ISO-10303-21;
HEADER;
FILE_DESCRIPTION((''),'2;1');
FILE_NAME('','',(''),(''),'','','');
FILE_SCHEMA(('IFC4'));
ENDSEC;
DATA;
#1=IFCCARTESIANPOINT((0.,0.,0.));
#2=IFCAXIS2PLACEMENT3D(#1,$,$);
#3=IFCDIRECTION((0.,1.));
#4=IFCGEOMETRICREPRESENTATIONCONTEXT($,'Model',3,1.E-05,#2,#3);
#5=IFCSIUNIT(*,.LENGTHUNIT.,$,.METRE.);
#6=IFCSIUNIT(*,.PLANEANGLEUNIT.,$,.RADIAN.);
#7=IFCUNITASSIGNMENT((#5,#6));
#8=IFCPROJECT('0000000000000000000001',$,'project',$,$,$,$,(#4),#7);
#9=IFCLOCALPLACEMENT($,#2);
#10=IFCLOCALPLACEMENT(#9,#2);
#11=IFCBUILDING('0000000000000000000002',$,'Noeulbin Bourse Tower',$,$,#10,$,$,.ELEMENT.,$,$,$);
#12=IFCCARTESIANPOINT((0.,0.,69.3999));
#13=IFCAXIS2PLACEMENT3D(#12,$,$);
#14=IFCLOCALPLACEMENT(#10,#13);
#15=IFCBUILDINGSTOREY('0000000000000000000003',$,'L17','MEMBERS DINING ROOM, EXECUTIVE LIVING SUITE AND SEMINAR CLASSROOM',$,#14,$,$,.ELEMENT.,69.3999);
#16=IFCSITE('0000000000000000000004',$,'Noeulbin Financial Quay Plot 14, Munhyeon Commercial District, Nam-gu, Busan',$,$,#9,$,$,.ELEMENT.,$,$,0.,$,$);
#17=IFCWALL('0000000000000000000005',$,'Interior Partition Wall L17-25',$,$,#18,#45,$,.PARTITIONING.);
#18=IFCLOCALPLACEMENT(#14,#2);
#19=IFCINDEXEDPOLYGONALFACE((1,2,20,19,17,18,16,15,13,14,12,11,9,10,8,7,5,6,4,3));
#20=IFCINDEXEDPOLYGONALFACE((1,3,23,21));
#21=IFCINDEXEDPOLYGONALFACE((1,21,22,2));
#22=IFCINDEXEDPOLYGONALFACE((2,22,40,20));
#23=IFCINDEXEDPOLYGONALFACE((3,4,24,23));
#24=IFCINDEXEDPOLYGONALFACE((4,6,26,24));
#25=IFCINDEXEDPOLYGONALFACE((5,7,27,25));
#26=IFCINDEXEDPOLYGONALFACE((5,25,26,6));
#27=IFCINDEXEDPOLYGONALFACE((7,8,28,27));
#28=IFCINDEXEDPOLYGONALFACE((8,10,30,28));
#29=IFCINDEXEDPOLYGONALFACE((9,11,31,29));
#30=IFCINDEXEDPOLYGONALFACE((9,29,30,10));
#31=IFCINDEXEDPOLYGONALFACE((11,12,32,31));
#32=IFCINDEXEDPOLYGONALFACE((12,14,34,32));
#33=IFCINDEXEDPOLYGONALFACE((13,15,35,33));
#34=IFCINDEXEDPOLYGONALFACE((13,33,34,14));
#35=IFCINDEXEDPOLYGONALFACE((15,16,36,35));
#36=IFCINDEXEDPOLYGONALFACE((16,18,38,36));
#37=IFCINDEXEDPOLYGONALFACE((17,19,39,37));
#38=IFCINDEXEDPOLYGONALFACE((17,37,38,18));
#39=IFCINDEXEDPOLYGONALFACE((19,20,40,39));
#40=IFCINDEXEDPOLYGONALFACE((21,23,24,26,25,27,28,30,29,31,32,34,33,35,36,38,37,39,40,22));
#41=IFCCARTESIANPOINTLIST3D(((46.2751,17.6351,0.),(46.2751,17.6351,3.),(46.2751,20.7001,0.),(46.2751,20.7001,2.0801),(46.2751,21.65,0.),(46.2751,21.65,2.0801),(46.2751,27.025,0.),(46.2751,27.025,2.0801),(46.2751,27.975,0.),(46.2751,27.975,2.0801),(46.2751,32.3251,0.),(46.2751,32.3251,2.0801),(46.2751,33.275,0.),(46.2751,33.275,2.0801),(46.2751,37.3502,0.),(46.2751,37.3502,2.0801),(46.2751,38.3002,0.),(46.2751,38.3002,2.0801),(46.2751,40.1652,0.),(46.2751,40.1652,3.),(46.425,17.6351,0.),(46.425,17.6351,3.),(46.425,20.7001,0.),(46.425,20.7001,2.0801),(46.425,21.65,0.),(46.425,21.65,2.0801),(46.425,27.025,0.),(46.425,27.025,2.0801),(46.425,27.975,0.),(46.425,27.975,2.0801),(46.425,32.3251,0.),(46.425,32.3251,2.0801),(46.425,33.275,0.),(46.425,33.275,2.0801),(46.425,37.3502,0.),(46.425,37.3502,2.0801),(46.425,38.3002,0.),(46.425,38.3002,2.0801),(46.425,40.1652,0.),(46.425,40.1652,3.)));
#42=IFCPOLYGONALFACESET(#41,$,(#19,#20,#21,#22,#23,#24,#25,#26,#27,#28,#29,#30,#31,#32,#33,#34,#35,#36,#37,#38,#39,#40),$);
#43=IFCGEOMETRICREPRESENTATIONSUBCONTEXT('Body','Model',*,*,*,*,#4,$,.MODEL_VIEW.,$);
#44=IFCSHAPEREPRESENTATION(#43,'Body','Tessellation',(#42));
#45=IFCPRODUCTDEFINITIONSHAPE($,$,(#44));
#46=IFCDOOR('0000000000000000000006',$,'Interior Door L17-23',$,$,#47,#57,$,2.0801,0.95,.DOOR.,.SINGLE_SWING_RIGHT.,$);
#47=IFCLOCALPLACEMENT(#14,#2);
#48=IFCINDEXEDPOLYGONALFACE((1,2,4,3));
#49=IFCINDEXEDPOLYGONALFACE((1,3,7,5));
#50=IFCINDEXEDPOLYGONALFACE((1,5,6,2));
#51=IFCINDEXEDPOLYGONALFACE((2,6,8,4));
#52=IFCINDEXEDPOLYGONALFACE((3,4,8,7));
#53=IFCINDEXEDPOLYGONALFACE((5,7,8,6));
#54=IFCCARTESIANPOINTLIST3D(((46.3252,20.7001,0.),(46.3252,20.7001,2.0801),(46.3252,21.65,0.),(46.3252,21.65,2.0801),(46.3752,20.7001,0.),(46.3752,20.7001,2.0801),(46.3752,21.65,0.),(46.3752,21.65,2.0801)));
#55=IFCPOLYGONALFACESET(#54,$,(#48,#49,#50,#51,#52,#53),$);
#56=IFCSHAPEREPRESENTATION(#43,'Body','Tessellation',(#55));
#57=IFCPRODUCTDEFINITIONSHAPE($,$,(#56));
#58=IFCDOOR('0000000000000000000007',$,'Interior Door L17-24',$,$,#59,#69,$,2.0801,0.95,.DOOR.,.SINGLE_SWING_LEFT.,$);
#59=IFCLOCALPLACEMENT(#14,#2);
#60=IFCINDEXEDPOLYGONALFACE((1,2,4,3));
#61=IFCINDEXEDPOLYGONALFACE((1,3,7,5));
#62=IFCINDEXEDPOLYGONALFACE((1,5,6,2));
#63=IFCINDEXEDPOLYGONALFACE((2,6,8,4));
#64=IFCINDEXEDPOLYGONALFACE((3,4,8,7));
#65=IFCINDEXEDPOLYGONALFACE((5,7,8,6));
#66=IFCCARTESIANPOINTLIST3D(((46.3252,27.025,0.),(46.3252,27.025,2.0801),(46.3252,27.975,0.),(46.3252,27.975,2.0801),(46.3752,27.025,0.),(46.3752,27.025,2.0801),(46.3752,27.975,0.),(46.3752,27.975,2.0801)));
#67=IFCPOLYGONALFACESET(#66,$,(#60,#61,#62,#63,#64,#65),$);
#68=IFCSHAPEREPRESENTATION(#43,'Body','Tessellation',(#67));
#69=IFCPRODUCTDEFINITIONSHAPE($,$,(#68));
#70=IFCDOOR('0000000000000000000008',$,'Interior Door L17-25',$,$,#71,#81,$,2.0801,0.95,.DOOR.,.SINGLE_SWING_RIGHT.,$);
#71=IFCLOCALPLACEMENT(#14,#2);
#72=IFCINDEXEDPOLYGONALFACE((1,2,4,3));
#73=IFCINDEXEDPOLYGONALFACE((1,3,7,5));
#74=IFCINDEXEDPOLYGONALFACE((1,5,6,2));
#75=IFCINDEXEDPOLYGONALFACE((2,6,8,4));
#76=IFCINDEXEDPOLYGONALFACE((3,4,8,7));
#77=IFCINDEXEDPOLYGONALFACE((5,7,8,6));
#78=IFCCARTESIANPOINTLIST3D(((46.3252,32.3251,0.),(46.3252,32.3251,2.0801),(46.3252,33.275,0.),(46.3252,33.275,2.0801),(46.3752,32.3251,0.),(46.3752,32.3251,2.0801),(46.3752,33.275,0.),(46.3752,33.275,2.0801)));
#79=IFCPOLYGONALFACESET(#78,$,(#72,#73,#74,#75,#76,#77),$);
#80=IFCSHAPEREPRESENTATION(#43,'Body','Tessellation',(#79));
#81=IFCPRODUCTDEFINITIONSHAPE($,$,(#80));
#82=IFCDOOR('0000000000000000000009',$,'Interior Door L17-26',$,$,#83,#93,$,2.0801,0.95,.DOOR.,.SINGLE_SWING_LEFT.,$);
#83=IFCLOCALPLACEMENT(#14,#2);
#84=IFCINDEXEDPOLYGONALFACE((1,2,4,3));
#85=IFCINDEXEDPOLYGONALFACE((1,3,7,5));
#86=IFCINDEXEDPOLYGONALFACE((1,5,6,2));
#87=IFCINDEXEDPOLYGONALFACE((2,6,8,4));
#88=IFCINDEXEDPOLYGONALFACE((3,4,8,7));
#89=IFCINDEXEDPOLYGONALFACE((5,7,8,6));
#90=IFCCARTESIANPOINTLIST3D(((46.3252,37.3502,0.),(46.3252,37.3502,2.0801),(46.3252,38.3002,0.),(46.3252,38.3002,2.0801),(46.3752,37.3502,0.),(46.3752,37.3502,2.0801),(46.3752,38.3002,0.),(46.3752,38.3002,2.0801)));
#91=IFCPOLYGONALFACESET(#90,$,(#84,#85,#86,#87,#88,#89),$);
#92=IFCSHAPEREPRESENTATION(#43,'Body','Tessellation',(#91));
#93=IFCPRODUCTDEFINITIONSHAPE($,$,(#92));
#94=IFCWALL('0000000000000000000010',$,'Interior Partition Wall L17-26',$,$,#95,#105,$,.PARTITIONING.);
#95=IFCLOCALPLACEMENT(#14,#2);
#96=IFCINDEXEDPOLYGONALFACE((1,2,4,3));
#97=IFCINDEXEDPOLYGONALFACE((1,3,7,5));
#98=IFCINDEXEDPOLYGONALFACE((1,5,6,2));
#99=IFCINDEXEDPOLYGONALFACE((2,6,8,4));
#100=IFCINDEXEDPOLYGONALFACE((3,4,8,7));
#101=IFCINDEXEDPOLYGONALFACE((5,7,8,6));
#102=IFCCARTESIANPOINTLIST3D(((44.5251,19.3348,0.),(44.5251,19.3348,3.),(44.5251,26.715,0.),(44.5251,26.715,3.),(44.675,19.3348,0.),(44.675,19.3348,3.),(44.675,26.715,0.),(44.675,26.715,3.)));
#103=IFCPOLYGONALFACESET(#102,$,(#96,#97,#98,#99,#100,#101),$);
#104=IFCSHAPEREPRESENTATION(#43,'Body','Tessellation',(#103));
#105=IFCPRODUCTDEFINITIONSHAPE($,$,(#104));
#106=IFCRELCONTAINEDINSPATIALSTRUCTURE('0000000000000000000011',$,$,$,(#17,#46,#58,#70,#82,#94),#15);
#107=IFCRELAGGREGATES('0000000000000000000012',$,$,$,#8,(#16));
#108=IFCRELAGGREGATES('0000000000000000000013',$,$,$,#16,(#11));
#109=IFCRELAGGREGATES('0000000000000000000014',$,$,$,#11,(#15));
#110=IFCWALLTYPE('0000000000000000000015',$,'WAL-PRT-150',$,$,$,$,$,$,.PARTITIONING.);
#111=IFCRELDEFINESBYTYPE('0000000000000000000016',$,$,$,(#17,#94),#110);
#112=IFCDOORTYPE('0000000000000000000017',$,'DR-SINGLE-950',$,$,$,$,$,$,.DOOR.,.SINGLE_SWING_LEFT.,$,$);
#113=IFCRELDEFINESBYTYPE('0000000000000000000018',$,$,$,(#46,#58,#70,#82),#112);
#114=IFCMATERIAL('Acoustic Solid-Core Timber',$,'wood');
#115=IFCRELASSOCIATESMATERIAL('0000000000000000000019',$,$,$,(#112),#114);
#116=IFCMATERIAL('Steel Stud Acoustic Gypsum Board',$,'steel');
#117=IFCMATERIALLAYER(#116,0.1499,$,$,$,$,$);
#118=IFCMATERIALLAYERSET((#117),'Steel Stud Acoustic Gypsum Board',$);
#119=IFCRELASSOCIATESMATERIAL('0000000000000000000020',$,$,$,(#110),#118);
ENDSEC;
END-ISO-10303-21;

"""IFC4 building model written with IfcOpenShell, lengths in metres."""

from ifc_helpers import new_model, si_unit, direction, frame, frame_2d, origin, place, context, subcontext, project, spatial, rectangle, extrude, material, layer, layer_set, type_object, element, fill, save


model = new_model("IFC4")

# Units and contexts
model_context = context("Model", 3, precision=1e-05, world=origin(), true_north=direction((0.0, 1.0)))
body_context = subcontext(model_context, "Body", "Model", "MODEL_VIEW")
ifc_project = project(units=[si_unit("LENGTHUNIT", "METRE"), si_unit("PLANEANGLEUNIT", "RADIAN")], contexts=[model_context])

# Site, building, storey
site_placement = place(None, origin())
site = spatial("IfcSite", under=ifc_project, at=site_placement, Name="Noeulbin Financial Quay Plot 14, Munhyeon Commercial District, Nam-gu, Busan", CompositionType="ELEMENT", RefElevation=0.0)
building_placement = place(site_placement, origin())
building = spatial("IfcBuilding", under=site, at=building_placement, Name="Noeulbin Bourse Tower", CompositionType="ELEMENT")
storey_placement = place(building_placement, frame((0.0, 0.0, 69.3999)))
storey = spatial("IfcBuildingStorey", under=building, at=storey_placement, Name="L17", Description="MEMBERS DINING ROOM, EXECUTIVE LIVING SUITE AND SEMINAR CLASSROOM", CompositionType="ELEMENT", Elevation=69.3999)

# Shared definitions
ifc_material_1 = material(Name="Acoustic Solid-Core Timber", Category="wood")
door_type = type_object("IfcDoorType", Name="DR-SINGLE-950", OperationType="SINGLE_SWING_LEFT", PredefinedType="DOOR", material=ifc_material_1)

# Wall, openings, doors
ifc_material_2 = material(Name="Steel Stud Acoustic Gypsum Board", Category="steel")
ifc_layer_1 = layer(ifc_material_2, 0.1499)
ifc_layer_set_1 = layer_set([ifc_layer_1], Name="Steel Stud Acoustic Gypsum Board")
wall_type_1 = type_object("IfcWallType", Name="WAL-PRT-150", PredefinedType="PARTITIONING", material=ifc_layer_set_1)
wall_1_placement = place(storey_placement, frame((46.3501, 17.635, 0.0), z_axis=(0.0, 0.0, 1.0), x_axis=(0.0, 1.0, 0.0)))
wall_1 = element("IfcWall", 1, at=wall_1_placement, inside=storey, type_object=wall_type_1, Name="Interior Partition Wall L17-25", PredefinedType="PARTITIONING", context=body_context, shape_type="SweptSolid", body=[
    extrude(rectangle(XDim=22.53, YDim=0.1499, at=frame_2d((11.2651, 0.0))), origin(), (0.0, 0.0, 1.0), 3.0),
])
opening_1_placement = place(wall_1_placement, frame((3.0649, 0.0, 0.0)))
opening_1 = element("IfcOpeningElement", 2, at=opening_1_placement, cuts=wall_1, PredefinedType="OPENING", context=body_context, shape_type="SweptSolid", body=[
    extrude(rectangle(XDim=0.95, YDim=2.0801, at=frame_2d((0.4751, 1.04))), frame((0.0, 0.085, 0.0), z_axis=(0.0, -1.0, 0.0), x_axis=(1.0, 0.0, 0.0)), (0.0, 0.0, 1.0), 0.1699),
])
opening_2_placement = place(wall_1_placement, frame((9.3899, 0.0, 0.0)))
opening_2 = element("IfcOpeningElement", 3, at=opening_2_placement, cuts=wall_1, PredefinedType="OPENING", context=body_context, shape_type="SweptSolid", body=[
    extrude(rectangle(XDim=0.95, YDim=2.0801, at=frame_2d((0.4751, 1.04))), frame((0.0, 0.085, 0.0), z_axis=(0.0, -1.0, 0.0), x_axis=(1.0, 0.0, 0.0)), (0.0, 0.0, 1.0), 0.1699),
])
opening_3_placement = place(wall_1_placement, frame((14.6899, 0.0, 0.0)))
opening_3 = element("IfcOpeningElement", 4, at=opening_3_placement, cuts=wall_1, PredefinedType="OPENING", context=body_context, shape_type="SweptSolid", body=[
    extrude(rectangle(XDim=0.95, YDim=2.0801, at=frame_2d((0.4751, 1.04))), frame((0.0, 0.085, 0.0), z_axis=(0.0, -1.0, 0.0), x_axis=(1.0, 0.0, 0.0)), (0.0, 0.0, 1.0), 0.1699),
])
opening_4_placement = place(wall_1_placement, frame((19.7151, 0.0, 0.0)))
opening_4 = element("IfcOpeningElement", 5, at=opening_4_placement, cuts=wall_1, PredefinedType="OPENING", context=body_context, shape_type="SweptSolid", body=[
    extrude(rectangle(XDim=0.95, YDim=2.0801, at=frame_2d((0.4751, 1.04))), frame((0.0, 0.085, 0.0), z_axis=(0.0, -1.0, 0.0), x_axis=(1.0, 0.0, 0.0)), (0.0, 0.0, 1.0), 0.1699),
])
door_1_placement = place(opening_1_placement, origin())
door_1 = element("IfcDoor", 6, at=door_1_placement, inside=storey, type_object=door_type, Name="Interior Door L17-23", OperationType="SINGLE_SWING_RIGHT", OverallHeight=2.0801, OverallWidth=0.95, PredefinedType="DOOR", context=body_context, shape_type="SweptSolid", body=[
    extrude(rectangle(XDim=0.95, YDim=2.0801, at=frame_2d((0.4751, 1.04))), frame((0.0, 0.0249, 0.0), z_axis=(0.0, -1.0, 0.0), x_axis=(1.0, 0.0, 0.0)), (0.0, 0.0, 1.0), 0.05),
])
fill(opening_1, door_1)
door_2_placement = place(opening_2_placement, origin())
door_2 = element("IfcDoor", 7, at=door_2_placement, inside=storey, type_object=door_type, Name="Interior Door L17-24", OperationType="SINGLE_SWING_LEFT", OverallHeight=2.0801, OverallWidth=0.95, PredefinedType="DOOR", context=body_context, shape_type="SweptSolid", body=[
    extrude(rectangle(XDim=0.95, YDim=2.0801, at=frame_2d((0.4751, 1.04))), frame((0.0, 0.0249, 0.0), z_axis=(0.0, -1.0, 0.0), x_axis=(1.0, 0.0, 0.0)), (0.0, 0.0, 1.0), 0.05),
])
fill(opening_2, door_2)
door_3_placement = place(opening_3_placement, origin())
door_3 = element("IfcDoor", 8, at=door_3_placement, inside=storey, type_object=door_type, Name="Interior Door L17-25", OperationType="SINGLE_SWING_RIGHT", OverallHeight=2.0801, OverallWidth=0.95, PredefinedType="DOOR", context=body_context, shape_type="SweptSolid", body=[
    extrude(rectangle(XDim=0.95, YDim=2.0801, at=frame_2d((0.4751, 1.04))), frame((0.0, 0.0249, 0.0), z_axis=(0.0, -1.0, 0.0), x_axis=(1.0, 0.0, 0.0)), (0.0, 0.0, 1.0), 0.05),
])
fill(opening_3, door_3)
door_4_placement = place(opening_4_placement, origin())
door_4 = element("IfcDoor", 9, at=door_4_placement, inside=storey, type_object=door_type, Name="Interior Door L17-26", OperationType="SINGLE_SWING_LEFT", OverallHeight=2.0801, OverallWidth=0.95, PredefinedType="DOOR", context=body_context, shape_type="SweptSolid", body=[
    extrude(rectangle(XDim=0.95, YDim=2.0801, at=frame_2d((0.4751, 1.04))), frame((0.0, 0.0249, 0.0), z_axis=(0.0, -1.0, 0.0), x_axis=(1.0, 0.0, 0.0)), (0.0, 0.0, 1.0), 0.05),
])
fill(opening_4, door_4)

# Wall
wall_2_placement = place(storey_placement, frame((44.6001, 19.335, 0.0), z_axis=(0.0, 0.0, 1.0), x_axis=(0.0, 1.0, 0.0)))
element("IfcWall", 10, at=wall_2_placement, inside=storey, type_object=wall_type_1, Name="Interior Partition Wall L17-26", PredefinedType="PARTITIONING", context=body_context, shape_type="SweptSolid", body=[
    extrude(rectangle(XDim=7.3801, YDim=0.1499, at=frame_2d((3.6899, 0.0))), origin(), (0.0, 0.0, 1.0), 3.0),
])

save(model, "model.ifc")
